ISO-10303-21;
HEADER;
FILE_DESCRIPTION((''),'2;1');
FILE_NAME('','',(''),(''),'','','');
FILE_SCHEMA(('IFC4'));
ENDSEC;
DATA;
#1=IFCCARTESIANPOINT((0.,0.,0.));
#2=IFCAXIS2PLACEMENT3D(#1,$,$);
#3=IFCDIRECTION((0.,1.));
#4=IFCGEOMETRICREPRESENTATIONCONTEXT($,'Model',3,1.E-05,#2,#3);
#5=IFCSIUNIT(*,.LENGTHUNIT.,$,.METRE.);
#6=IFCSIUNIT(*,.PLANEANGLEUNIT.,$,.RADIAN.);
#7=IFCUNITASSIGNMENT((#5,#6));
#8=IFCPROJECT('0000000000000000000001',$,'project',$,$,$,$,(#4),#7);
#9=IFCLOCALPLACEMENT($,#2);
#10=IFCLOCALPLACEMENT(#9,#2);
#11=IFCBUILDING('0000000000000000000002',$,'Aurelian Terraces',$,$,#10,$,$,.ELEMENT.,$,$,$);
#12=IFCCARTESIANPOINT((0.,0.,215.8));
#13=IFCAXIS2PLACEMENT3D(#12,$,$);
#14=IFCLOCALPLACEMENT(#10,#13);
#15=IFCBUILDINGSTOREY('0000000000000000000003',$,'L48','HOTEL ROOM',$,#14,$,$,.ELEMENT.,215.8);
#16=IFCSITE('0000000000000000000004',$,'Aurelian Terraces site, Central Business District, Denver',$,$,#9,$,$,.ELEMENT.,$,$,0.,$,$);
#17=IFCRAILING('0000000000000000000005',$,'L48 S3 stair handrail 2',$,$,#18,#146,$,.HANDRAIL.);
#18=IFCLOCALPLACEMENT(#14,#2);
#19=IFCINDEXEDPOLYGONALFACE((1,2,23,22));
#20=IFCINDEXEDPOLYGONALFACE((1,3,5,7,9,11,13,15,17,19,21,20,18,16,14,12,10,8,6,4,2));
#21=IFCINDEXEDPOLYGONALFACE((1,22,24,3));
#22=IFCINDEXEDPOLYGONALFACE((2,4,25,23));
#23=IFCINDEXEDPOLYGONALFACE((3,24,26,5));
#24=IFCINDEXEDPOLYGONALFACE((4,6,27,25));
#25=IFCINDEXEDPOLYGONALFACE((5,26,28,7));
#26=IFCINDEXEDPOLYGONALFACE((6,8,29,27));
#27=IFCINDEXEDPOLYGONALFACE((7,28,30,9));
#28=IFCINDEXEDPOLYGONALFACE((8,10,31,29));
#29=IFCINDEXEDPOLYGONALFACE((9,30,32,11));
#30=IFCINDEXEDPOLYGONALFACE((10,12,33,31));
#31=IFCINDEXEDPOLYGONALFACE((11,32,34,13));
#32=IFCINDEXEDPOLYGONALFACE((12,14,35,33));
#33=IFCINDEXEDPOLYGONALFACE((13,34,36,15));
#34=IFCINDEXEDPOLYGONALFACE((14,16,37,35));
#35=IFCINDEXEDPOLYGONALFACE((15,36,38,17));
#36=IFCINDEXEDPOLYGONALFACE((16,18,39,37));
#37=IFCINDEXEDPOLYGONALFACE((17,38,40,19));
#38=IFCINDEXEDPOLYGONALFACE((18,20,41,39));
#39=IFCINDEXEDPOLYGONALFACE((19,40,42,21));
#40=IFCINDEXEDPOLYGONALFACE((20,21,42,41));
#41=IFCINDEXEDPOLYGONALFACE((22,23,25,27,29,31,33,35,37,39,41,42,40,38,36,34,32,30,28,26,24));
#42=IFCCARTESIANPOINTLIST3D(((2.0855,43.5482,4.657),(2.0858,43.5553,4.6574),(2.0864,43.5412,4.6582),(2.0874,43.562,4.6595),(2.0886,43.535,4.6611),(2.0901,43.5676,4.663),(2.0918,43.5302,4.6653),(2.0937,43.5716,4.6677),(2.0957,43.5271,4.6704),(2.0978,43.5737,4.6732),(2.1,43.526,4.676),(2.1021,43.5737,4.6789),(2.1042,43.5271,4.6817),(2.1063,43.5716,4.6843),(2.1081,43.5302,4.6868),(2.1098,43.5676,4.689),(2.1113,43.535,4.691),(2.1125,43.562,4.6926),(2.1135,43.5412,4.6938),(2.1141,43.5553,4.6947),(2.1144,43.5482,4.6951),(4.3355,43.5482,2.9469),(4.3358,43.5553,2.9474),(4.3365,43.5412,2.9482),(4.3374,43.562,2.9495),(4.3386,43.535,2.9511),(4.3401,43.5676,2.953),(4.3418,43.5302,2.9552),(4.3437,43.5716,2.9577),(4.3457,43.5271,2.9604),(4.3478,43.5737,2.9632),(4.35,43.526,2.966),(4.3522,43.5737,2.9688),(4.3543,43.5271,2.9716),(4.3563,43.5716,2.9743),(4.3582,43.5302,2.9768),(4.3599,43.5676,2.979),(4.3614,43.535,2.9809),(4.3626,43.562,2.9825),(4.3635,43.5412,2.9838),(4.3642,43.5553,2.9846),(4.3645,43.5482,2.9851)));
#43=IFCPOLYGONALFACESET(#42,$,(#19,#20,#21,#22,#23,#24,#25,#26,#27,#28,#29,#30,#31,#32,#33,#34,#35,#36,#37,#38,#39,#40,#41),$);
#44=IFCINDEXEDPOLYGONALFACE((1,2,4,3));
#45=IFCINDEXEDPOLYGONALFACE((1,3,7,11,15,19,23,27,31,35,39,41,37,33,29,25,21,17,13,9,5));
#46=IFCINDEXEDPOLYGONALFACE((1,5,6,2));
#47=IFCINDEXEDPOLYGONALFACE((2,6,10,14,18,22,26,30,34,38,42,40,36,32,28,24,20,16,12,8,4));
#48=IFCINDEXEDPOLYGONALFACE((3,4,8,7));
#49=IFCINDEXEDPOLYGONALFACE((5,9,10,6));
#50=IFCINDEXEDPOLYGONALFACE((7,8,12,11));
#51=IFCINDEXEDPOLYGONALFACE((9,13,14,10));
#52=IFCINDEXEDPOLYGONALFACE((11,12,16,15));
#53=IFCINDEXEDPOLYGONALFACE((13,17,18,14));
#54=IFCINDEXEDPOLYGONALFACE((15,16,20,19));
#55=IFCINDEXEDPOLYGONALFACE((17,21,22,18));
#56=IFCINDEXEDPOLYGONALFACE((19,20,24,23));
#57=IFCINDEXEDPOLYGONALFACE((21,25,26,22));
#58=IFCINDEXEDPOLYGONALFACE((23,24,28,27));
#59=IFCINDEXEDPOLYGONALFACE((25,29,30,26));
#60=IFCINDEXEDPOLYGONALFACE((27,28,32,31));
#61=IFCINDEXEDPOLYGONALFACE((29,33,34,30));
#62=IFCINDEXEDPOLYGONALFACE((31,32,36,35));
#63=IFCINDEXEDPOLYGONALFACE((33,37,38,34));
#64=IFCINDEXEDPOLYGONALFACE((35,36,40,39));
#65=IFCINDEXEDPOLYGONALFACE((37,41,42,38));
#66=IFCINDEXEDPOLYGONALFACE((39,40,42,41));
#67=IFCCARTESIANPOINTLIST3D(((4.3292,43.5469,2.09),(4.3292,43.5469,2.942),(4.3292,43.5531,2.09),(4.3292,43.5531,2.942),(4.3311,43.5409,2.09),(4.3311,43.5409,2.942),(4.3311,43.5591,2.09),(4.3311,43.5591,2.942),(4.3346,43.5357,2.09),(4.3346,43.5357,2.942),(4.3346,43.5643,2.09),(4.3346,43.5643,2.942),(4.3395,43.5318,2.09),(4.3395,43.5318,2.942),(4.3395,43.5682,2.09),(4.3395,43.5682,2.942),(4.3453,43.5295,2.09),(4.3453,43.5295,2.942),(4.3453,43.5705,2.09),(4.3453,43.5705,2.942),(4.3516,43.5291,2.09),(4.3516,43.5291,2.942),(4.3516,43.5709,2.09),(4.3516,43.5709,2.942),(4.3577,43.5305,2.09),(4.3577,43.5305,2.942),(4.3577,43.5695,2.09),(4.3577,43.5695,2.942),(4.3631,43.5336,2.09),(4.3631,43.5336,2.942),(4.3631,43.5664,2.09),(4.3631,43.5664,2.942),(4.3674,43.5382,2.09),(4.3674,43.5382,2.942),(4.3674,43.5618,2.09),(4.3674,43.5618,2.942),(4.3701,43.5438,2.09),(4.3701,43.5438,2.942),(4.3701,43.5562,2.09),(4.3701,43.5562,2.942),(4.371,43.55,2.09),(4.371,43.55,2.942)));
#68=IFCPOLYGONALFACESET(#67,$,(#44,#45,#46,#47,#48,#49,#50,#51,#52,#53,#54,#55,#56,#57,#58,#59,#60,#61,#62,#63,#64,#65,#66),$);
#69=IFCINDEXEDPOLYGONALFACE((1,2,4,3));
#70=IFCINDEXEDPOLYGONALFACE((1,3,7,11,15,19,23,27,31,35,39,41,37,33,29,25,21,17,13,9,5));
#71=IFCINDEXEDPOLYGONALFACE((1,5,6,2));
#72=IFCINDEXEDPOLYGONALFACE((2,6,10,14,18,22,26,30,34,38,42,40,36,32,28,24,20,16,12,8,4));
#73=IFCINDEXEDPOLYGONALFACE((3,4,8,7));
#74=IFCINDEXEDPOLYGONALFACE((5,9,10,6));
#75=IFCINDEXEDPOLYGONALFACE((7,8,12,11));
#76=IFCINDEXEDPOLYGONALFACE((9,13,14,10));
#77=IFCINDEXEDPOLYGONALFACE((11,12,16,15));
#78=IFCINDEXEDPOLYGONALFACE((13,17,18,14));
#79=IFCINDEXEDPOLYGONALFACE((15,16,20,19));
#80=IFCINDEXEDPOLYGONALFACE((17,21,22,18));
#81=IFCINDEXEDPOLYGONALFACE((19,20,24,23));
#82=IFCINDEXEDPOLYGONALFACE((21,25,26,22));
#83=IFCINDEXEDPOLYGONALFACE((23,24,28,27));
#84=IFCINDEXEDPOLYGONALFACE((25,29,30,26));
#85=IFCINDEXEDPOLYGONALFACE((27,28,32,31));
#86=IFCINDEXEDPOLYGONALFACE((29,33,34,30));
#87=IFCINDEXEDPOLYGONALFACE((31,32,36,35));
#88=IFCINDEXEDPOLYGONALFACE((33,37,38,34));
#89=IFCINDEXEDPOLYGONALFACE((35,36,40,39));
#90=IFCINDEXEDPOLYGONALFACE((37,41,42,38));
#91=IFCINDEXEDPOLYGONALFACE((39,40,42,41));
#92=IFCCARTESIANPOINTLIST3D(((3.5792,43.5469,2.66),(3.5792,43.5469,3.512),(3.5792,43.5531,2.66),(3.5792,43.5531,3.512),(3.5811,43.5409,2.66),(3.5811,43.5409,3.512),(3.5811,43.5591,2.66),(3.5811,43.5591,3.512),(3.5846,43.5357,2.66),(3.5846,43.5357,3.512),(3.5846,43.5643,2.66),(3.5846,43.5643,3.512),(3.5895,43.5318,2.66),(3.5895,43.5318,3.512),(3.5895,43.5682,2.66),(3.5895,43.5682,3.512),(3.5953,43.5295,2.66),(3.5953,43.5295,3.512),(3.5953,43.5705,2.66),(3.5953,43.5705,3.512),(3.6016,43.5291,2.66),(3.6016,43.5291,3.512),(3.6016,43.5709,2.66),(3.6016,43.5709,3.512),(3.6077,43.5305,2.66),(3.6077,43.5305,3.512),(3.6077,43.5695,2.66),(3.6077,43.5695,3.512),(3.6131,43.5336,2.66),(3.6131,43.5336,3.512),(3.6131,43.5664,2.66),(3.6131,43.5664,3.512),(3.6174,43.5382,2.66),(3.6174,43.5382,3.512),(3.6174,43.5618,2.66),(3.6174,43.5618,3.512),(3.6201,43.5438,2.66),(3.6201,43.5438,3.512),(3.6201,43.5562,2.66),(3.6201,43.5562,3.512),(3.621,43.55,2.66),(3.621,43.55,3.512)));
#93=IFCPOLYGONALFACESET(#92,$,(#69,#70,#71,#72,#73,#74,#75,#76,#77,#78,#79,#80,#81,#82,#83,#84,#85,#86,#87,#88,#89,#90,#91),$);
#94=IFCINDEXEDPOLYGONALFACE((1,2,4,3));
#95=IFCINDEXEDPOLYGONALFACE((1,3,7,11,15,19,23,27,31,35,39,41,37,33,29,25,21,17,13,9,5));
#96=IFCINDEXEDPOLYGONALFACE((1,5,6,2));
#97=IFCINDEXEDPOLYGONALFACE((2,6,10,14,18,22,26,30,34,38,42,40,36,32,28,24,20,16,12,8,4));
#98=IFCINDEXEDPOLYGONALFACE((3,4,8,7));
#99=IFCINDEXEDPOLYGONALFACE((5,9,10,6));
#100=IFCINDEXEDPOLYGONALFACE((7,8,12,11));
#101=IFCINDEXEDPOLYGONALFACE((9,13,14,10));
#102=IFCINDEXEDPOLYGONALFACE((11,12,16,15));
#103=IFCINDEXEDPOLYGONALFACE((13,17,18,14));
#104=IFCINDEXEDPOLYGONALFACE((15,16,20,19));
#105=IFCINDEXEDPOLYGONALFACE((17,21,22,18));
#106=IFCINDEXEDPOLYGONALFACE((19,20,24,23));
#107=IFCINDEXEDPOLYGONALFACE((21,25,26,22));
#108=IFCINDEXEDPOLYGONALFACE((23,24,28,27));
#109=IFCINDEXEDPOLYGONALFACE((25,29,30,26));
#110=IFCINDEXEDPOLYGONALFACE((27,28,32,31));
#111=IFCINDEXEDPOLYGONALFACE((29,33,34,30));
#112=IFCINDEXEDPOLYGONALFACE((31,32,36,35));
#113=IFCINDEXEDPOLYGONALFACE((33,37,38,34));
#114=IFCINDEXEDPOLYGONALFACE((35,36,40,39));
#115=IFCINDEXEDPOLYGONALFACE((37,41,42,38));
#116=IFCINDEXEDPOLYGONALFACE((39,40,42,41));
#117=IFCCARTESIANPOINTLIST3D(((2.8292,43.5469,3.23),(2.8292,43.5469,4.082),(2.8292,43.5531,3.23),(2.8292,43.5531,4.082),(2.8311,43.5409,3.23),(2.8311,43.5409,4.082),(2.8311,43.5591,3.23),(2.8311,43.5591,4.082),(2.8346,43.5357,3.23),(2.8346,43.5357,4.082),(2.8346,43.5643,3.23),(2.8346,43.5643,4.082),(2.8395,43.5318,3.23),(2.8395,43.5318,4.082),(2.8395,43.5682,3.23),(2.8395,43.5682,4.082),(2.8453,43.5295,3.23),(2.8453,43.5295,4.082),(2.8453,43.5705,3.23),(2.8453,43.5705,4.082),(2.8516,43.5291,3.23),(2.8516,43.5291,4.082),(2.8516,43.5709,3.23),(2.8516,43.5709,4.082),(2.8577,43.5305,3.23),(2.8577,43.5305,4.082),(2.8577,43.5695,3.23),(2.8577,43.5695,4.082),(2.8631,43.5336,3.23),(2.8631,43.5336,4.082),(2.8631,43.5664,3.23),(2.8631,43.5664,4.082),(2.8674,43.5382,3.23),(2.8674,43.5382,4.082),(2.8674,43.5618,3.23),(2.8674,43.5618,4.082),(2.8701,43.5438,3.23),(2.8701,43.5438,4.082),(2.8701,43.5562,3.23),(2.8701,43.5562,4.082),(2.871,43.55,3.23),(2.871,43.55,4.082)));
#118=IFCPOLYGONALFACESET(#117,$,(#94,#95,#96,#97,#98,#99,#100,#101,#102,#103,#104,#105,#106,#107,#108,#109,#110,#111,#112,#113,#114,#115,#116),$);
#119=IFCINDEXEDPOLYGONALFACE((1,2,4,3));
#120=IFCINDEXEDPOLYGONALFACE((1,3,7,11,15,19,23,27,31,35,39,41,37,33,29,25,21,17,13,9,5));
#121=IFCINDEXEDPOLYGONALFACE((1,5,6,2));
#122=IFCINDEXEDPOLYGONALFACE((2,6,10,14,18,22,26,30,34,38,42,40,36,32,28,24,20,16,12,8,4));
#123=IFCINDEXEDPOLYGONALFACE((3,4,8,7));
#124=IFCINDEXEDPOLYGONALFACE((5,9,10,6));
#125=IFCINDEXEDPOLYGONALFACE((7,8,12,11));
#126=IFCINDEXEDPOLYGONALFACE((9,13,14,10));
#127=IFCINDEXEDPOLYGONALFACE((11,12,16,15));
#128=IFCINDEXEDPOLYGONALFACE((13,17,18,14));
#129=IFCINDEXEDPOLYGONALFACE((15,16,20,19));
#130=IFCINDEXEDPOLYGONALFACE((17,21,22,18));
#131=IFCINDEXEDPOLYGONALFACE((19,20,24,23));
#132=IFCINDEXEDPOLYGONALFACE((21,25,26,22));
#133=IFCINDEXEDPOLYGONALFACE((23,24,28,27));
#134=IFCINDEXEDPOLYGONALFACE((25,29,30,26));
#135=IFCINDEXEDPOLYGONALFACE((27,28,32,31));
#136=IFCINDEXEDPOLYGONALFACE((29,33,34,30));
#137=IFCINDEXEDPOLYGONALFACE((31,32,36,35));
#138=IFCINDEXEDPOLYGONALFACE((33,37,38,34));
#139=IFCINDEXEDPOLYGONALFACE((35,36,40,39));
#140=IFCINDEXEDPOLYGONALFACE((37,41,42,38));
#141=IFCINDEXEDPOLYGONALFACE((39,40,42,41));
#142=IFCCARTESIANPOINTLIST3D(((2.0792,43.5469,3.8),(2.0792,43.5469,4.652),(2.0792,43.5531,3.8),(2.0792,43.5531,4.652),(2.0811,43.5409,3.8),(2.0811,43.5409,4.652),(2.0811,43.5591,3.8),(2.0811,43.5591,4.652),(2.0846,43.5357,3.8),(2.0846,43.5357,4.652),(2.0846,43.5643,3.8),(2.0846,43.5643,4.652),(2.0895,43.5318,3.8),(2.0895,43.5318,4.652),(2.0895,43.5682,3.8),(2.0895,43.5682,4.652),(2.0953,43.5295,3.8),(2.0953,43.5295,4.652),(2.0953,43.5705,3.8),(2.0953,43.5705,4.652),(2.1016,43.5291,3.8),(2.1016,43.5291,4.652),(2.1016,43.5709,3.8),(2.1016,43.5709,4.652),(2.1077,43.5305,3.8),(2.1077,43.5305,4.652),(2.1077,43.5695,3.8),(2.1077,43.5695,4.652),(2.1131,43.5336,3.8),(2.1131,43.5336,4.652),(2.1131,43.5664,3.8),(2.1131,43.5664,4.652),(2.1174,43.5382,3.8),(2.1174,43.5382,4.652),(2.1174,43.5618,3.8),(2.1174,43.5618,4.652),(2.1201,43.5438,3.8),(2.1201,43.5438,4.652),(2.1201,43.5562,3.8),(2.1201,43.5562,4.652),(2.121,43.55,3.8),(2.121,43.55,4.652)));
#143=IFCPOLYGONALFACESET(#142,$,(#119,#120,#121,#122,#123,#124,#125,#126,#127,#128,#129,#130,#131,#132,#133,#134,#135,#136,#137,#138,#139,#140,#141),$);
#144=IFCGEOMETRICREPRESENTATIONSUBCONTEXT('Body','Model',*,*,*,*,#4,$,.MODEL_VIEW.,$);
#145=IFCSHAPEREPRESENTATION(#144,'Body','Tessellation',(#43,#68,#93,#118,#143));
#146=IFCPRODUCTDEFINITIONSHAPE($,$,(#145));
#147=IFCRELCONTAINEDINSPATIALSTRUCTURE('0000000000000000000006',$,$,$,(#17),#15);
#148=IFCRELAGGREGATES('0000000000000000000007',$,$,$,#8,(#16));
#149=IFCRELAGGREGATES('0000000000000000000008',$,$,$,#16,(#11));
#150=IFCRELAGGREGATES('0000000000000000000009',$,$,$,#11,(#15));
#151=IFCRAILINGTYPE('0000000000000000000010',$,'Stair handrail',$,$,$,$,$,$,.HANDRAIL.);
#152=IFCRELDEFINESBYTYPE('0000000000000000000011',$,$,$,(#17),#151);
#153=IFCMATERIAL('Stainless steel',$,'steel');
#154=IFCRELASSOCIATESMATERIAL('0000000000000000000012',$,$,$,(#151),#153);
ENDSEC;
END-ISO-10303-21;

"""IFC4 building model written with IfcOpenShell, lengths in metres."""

from ifc_helpers import new_model, si_unit, direction, frame, origin, origin_2d, place, context, subcontext, project, spatial, circle, extrude, source, transform, mapped, material, type_object, element, save


model = new_model("IFC4")

# Units and contexts
model_context = context("Model", 3, precision=1e-05, world=origin(), true_north=direction((0.0, 1.0)))
body_context = subcontext(model_context, "Body", "Model", "MODEL_VIEW")
ifc_project = project(units=[si_unit("LENGTHUNIT", "METRE"), si_unit("PLANEANGLEUNIT", "RADIAN")], contexts=[model_context])

# Site, building, storey
site_placement = place(None, origin())
site = spatial("IfcSite", under=ifc_project, at=site_placement, Name="Aurelian Terraces site, Central Business District, Denver", CompositionType="ELEMENT", RefElevation=0.0)
building_placement = place(site_placement, origin())
building = spatial("IfcBuilding", under=site, at=building_placement, Name="Aurelian Terraces", CompositionType="ELEMENT")
storey_placement = place(building_placement, frame((0.0, 0.0, 215.8)))
storey = spatial("IfcBuildingStorey", under=building, at=storey_placement, Name="L48", Description="HOTEL ROOM", CompositionType="ELEMENT", Elevation=215.8)

# Railing
ifc_material_1 = material(Name="Stainless steel", Category="steel")
railing_type_1 = type_object("IfcRailingType", Name="Stair handrail", PredefinedType="HANDRAIL", material=ifc_material_1)
shared_shape_1 = source(origin(), body_context, "Body", "SweptSolid", [
    extrude(circle(Radius=0.024, at=origin_2d()), frame((0.0, 0.0, 0.876), z_axis=(-0.796162, 0.0, 0.605083), x_axis=(0.0, -1.0, 0.0)), (0.0, 0.0, 1.0), 2.8261),
    extrude(circle(Radius=0.021, at=origin_2d()), origin(), (0.0, 0.0, 1.0), 0.852),
    extrude(circle(Radius=0.021, at=origin_2d()), frame((-0.75, 0.0, 0.57)), (0.0, 0.0, 1.0), 0.852),
    extrude(circle(Radius=0.021, at=origin_2d()), frame((-1.5, 0.0, 1.14)), (0.0, 0.0, 1.0), 0.852),
    extrude(circle(Radius=0.021, at=origin_2d()), frame((-2.25, 0.0, 1.71)), (0.0, 0.0, 1.0), 0.852),
])
railing_1_placement = place(storey_placement, frame((4.35, 43.55, 2.09)))
element("IfcRailing", 1, at=railing_1_placement, inside=storey, type_object=railing_type_1, Name="L48 S3 stair handrail 2", PredefinedType="HANDRAIL", context=body_context, shape_type="MappedRepresentation", body=[
    mapped(shared_shape_1, transform((0.0, 0.0, 0.0), scale=1.0)),
])

save(model, "model.ifc")
